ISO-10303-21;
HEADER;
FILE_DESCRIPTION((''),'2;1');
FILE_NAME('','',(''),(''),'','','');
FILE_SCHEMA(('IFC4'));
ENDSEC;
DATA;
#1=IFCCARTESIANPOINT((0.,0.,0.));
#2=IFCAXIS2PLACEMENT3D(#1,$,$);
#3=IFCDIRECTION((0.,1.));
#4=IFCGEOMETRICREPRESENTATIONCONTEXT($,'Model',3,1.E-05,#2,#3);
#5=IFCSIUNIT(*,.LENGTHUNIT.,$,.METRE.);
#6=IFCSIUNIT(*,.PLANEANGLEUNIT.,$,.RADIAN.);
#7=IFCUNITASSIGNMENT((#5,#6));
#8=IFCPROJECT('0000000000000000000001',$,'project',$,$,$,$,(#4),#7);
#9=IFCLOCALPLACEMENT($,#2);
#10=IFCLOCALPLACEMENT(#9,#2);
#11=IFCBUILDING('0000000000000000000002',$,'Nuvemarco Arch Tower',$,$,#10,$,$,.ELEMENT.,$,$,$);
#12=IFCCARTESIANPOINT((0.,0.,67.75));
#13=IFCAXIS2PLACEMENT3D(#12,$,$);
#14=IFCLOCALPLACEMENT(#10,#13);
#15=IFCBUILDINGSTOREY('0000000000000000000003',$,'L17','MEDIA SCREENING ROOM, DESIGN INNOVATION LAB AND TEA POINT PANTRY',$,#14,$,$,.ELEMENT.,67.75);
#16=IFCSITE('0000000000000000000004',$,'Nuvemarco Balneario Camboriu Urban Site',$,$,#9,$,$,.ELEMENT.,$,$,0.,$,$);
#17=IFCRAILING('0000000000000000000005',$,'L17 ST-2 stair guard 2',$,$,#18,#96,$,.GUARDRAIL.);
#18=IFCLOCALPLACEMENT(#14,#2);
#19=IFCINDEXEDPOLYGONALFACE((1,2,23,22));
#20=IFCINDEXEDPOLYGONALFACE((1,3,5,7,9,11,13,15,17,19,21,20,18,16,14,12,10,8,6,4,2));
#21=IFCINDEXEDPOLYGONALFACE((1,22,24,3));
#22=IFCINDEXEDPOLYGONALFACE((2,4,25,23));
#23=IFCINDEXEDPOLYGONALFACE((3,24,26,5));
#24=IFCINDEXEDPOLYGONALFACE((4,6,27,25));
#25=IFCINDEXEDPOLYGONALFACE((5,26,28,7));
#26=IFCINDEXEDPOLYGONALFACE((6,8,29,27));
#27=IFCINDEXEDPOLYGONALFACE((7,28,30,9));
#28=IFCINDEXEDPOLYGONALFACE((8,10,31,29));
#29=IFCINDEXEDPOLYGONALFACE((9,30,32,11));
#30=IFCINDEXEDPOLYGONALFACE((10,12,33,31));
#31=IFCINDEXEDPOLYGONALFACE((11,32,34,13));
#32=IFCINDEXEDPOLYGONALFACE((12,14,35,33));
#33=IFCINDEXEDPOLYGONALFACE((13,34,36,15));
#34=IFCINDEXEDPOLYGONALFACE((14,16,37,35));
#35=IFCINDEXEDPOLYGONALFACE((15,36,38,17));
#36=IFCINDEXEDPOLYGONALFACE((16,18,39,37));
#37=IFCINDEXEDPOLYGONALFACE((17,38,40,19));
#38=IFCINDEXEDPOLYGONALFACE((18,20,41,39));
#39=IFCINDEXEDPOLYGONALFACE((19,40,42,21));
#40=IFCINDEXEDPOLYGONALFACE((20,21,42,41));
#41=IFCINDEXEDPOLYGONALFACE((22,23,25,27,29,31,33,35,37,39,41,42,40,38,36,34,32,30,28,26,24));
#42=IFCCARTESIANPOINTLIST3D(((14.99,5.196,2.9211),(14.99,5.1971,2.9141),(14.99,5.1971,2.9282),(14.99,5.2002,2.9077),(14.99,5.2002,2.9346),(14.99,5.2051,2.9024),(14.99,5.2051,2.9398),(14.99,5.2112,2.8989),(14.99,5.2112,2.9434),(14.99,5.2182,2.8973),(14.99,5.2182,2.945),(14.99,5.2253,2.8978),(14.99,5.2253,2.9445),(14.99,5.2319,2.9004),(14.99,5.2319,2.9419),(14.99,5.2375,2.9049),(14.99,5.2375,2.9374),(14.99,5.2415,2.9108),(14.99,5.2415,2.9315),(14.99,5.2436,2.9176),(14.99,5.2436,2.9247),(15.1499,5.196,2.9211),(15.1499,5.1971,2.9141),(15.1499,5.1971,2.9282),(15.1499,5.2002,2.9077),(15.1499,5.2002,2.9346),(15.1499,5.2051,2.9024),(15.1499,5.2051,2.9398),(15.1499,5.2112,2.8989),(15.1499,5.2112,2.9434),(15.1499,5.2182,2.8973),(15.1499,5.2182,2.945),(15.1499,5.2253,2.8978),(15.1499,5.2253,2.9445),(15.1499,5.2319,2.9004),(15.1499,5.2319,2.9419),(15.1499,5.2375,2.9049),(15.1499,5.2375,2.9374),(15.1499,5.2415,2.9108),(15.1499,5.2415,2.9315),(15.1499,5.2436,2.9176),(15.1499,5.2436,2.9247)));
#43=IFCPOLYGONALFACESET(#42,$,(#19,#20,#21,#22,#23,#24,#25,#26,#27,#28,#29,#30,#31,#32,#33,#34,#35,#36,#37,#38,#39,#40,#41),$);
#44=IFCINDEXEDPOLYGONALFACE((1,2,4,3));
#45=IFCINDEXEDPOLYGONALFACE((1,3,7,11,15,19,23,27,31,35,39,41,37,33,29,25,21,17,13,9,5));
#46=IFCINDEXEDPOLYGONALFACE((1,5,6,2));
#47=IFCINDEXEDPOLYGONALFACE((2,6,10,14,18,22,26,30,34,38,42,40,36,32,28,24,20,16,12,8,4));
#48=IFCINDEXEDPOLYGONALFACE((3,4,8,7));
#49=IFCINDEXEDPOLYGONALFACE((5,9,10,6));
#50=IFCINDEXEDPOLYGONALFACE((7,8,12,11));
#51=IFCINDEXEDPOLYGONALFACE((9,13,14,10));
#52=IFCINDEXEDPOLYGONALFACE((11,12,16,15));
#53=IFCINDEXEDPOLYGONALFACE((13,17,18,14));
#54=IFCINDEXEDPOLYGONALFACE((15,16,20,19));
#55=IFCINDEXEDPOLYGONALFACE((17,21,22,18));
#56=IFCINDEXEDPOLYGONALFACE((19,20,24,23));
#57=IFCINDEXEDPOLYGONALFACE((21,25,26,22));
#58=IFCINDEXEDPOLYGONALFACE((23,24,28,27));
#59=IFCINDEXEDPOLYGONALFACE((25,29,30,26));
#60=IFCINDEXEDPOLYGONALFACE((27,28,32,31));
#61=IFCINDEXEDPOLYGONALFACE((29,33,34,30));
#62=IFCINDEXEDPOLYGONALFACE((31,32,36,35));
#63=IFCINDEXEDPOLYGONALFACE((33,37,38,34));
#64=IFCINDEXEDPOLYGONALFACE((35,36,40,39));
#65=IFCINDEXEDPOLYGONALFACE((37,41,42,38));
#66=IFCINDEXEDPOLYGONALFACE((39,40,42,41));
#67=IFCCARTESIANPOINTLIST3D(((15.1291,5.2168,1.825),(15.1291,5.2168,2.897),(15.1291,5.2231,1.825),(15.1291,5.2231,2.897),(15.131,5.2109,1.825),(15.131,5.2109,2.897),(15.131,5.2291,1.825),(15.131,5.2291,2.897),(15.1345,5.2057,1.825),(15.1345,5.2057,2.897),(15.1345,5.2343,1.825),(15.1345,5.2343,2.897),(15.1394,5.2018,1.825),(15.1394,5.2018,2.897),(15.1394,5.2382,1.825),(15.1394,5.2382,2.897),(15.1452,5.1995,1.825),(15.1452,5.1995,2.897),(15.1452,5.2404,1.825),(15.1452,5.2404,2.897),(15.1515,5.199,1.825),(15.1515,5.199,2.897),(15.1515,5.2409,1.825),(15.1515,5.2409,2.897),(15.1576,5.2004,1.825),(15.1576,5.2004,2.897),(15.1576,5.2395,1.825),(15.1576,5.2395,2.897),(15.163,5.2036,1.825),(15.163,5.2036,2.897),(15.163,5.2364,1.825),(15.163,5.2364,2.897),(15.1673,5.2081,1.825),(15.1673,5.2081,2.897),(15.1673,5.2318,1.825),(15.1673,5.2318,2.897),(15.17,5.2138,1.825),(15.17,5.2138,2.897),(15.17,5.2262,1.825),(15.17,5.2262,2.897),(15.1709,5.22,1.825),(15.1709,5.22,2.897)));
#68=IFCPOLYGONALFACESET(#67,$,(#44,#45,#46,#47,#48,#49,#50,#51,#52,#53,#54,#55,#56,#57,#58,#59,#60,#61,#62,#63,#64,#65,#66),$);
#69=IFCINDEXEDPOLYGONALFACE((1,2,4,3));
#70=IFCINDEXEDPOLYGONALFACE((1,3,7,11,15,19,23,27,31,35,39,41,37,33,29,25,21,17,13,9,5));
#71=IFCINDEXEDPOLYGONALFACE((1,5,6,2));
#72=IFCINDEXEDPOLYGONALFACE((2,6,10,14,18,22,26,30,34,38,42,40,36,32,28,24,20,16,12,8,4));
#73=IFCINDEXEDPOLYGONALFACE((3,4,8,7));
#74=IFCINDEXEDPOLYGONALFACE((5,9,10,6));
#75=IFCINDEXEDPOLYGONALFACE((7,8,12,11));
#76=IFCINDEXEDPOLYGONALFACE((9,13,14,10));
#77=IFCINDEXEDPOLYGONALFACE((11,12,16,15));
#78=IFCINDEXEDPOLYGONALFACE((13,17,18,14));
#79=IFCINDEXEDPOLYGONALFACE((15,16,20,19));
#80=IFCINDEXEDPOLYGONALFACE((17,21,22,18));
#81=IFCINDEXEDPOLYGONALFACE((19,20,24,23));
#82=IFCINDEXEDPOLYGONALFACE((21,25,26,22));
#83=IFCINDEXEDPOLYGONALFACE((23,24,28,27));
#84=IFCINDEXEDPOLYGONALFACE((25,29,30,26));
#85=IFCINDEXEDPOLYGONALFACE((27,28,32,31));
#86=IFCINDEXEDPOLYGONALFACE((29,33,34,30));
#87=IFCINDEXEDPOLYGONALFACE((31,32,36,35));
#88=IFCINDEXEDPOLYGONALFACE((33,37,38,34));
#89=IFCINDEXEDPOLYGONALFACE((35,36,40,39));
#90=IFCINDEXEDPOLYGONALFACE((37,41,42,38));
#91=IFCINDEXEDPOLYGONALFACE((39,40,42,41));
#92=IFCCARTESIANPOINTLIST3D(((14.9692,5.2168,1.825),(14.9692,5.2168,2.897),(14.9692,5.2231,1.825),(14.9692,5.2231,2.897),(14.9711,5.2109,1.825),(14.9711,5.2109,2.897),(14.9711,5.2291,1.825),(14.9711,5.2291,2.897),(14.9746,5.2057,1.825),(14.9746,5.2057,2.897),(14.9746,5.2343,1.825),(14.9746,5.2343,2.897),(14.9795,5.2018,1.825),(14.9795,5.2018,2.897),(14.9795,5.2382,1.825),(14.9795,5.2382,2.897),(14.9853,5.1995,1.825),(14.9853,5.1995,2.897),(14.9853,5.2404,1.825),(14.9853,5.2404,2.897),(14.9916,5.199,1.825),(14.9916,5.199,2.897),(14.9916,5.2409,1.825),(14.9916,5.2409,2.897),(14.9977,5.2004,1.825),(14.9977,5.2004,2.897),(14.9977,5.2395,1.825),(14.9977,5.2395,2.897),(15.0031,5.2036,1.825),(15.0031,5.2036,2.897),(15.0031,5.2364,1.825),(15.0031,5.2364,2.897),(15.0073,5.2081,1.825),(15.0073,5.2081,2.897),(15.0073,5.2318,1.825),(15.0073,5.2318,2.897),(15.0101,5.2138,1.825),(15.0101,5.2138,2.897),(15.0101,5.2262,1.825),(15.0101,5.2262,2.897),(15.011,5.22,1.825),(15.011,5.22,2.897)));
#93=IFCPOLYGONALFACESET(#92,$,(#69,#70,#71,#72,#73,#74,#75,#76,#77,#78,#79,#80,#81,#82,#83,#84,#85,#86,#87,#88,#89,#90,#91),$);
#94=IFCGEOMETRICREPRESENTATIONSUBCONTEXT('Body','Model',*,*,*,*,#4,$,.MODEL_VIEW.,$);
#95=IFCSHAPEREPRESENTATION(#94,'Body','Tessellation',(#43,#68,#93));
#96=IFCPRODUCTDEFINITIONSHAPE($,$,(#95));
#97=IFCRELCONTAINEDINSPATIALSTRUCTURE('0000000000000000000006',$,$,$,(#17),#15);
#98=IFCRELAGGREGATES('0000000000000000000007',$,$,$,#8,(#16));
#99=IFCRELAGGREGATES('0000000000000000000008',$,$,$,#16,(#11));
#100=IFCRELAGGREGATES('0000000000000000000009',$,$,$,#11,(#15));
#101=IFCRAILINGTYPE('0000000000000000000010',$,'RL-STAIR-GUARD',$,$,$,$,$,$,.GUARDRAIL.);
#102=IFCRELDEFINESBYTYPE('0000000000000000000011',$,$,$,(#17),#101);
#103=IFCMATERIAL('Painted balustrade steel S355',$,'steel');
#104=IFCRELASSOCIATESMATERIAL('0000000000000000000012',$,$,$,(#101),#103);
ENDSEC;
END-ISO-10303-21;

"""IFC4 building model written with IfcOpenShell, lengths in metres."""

from ifc_helpers import new_model, si_unit, direction, frame, origin, origin_2d, place, context, subcontext, project, spatial, circle, extrude, material, type_object, element, save


model = new_model("IFC4")

# Units and contexts
model_context = context("Model", 3, precision=1e-05, world=origin(), true_north=direction((0.0, 1.0)))
body_context = subcontext(model_context, "Body", "Model", "MODEL_VIEW")
ifc_project = project(units=[si_unit("LENGTHUNIT", "METRE"), si_unit("PLANEANGLEUNIT", "RADIAN")], contexts=[model_context])

# Site, building, storey
site_placement = place(None, origin())
site = spatial("IfcSite", under=ifc_project, at=site_placement, Name="Nuvemarco Balneario Camboriu Urban Site", CompositionType="ELEMENT", RefElevation=0.0)
building_placement = place(site_placement, origin())
building = spatial("IfcBuilding", under=site, at=building_placement, Name="Nuvemarco Arch Tower", CompositionType="ELEMENT")
storey_placement = place(building_placement, frame((0.0, 0.0, 67.75)))
storey = spatial("IfcBuildingStorey", under=building, at=storey_placement, Name="L17", Description="MEDIA SCREENING ROOM, DESIGN INNOVATION LAB AND TEA POINT PANTRY", CompositionType="ELEMENT", Elevation=67.75)

# Railing
ifc_material_1 = material(Name="Painted balustrade steel S355", Category="steel")
railing_type_1 = type_object("IfcRailingType", Name="RL-STAIR-GUARD", PredefinedType="GUARDRAIL", material=ifc_material_1)
railing_1_placement = place(storey_placement, frame((15.1499, 5.22, 1.825)))
element("IfcRailing", 1, at=railing_1_placement, inside=storey, type_object=railing_type_1, Name="L17 ST-2 stair guard 2", PredefinedType="GUARDRAIL", context=body_context, shape_type="SweptSolid", body=[
    extrude(circle(Radius=0.0239, at=origin_2d()), frame((0.0, 0.0, 1.0962), z_axis=(-1.0, 0.0, 0.0), x_axis=(0.0, -1.0, 0.0)), (0.0, 0.0, 1.0), 0.1599),
    extrude(circle(Radius=0.021, at=origin_2d()), origin(), (0.0, 0.0, 1.0), 1.072),
    extrude(circle(Radius=0.021, at=origin_2d()), frame((-0.1599, 0.0, 0.0)), (0.0, 0.0, 1.0), 1.072),
])

save(model, "model.ifc")
